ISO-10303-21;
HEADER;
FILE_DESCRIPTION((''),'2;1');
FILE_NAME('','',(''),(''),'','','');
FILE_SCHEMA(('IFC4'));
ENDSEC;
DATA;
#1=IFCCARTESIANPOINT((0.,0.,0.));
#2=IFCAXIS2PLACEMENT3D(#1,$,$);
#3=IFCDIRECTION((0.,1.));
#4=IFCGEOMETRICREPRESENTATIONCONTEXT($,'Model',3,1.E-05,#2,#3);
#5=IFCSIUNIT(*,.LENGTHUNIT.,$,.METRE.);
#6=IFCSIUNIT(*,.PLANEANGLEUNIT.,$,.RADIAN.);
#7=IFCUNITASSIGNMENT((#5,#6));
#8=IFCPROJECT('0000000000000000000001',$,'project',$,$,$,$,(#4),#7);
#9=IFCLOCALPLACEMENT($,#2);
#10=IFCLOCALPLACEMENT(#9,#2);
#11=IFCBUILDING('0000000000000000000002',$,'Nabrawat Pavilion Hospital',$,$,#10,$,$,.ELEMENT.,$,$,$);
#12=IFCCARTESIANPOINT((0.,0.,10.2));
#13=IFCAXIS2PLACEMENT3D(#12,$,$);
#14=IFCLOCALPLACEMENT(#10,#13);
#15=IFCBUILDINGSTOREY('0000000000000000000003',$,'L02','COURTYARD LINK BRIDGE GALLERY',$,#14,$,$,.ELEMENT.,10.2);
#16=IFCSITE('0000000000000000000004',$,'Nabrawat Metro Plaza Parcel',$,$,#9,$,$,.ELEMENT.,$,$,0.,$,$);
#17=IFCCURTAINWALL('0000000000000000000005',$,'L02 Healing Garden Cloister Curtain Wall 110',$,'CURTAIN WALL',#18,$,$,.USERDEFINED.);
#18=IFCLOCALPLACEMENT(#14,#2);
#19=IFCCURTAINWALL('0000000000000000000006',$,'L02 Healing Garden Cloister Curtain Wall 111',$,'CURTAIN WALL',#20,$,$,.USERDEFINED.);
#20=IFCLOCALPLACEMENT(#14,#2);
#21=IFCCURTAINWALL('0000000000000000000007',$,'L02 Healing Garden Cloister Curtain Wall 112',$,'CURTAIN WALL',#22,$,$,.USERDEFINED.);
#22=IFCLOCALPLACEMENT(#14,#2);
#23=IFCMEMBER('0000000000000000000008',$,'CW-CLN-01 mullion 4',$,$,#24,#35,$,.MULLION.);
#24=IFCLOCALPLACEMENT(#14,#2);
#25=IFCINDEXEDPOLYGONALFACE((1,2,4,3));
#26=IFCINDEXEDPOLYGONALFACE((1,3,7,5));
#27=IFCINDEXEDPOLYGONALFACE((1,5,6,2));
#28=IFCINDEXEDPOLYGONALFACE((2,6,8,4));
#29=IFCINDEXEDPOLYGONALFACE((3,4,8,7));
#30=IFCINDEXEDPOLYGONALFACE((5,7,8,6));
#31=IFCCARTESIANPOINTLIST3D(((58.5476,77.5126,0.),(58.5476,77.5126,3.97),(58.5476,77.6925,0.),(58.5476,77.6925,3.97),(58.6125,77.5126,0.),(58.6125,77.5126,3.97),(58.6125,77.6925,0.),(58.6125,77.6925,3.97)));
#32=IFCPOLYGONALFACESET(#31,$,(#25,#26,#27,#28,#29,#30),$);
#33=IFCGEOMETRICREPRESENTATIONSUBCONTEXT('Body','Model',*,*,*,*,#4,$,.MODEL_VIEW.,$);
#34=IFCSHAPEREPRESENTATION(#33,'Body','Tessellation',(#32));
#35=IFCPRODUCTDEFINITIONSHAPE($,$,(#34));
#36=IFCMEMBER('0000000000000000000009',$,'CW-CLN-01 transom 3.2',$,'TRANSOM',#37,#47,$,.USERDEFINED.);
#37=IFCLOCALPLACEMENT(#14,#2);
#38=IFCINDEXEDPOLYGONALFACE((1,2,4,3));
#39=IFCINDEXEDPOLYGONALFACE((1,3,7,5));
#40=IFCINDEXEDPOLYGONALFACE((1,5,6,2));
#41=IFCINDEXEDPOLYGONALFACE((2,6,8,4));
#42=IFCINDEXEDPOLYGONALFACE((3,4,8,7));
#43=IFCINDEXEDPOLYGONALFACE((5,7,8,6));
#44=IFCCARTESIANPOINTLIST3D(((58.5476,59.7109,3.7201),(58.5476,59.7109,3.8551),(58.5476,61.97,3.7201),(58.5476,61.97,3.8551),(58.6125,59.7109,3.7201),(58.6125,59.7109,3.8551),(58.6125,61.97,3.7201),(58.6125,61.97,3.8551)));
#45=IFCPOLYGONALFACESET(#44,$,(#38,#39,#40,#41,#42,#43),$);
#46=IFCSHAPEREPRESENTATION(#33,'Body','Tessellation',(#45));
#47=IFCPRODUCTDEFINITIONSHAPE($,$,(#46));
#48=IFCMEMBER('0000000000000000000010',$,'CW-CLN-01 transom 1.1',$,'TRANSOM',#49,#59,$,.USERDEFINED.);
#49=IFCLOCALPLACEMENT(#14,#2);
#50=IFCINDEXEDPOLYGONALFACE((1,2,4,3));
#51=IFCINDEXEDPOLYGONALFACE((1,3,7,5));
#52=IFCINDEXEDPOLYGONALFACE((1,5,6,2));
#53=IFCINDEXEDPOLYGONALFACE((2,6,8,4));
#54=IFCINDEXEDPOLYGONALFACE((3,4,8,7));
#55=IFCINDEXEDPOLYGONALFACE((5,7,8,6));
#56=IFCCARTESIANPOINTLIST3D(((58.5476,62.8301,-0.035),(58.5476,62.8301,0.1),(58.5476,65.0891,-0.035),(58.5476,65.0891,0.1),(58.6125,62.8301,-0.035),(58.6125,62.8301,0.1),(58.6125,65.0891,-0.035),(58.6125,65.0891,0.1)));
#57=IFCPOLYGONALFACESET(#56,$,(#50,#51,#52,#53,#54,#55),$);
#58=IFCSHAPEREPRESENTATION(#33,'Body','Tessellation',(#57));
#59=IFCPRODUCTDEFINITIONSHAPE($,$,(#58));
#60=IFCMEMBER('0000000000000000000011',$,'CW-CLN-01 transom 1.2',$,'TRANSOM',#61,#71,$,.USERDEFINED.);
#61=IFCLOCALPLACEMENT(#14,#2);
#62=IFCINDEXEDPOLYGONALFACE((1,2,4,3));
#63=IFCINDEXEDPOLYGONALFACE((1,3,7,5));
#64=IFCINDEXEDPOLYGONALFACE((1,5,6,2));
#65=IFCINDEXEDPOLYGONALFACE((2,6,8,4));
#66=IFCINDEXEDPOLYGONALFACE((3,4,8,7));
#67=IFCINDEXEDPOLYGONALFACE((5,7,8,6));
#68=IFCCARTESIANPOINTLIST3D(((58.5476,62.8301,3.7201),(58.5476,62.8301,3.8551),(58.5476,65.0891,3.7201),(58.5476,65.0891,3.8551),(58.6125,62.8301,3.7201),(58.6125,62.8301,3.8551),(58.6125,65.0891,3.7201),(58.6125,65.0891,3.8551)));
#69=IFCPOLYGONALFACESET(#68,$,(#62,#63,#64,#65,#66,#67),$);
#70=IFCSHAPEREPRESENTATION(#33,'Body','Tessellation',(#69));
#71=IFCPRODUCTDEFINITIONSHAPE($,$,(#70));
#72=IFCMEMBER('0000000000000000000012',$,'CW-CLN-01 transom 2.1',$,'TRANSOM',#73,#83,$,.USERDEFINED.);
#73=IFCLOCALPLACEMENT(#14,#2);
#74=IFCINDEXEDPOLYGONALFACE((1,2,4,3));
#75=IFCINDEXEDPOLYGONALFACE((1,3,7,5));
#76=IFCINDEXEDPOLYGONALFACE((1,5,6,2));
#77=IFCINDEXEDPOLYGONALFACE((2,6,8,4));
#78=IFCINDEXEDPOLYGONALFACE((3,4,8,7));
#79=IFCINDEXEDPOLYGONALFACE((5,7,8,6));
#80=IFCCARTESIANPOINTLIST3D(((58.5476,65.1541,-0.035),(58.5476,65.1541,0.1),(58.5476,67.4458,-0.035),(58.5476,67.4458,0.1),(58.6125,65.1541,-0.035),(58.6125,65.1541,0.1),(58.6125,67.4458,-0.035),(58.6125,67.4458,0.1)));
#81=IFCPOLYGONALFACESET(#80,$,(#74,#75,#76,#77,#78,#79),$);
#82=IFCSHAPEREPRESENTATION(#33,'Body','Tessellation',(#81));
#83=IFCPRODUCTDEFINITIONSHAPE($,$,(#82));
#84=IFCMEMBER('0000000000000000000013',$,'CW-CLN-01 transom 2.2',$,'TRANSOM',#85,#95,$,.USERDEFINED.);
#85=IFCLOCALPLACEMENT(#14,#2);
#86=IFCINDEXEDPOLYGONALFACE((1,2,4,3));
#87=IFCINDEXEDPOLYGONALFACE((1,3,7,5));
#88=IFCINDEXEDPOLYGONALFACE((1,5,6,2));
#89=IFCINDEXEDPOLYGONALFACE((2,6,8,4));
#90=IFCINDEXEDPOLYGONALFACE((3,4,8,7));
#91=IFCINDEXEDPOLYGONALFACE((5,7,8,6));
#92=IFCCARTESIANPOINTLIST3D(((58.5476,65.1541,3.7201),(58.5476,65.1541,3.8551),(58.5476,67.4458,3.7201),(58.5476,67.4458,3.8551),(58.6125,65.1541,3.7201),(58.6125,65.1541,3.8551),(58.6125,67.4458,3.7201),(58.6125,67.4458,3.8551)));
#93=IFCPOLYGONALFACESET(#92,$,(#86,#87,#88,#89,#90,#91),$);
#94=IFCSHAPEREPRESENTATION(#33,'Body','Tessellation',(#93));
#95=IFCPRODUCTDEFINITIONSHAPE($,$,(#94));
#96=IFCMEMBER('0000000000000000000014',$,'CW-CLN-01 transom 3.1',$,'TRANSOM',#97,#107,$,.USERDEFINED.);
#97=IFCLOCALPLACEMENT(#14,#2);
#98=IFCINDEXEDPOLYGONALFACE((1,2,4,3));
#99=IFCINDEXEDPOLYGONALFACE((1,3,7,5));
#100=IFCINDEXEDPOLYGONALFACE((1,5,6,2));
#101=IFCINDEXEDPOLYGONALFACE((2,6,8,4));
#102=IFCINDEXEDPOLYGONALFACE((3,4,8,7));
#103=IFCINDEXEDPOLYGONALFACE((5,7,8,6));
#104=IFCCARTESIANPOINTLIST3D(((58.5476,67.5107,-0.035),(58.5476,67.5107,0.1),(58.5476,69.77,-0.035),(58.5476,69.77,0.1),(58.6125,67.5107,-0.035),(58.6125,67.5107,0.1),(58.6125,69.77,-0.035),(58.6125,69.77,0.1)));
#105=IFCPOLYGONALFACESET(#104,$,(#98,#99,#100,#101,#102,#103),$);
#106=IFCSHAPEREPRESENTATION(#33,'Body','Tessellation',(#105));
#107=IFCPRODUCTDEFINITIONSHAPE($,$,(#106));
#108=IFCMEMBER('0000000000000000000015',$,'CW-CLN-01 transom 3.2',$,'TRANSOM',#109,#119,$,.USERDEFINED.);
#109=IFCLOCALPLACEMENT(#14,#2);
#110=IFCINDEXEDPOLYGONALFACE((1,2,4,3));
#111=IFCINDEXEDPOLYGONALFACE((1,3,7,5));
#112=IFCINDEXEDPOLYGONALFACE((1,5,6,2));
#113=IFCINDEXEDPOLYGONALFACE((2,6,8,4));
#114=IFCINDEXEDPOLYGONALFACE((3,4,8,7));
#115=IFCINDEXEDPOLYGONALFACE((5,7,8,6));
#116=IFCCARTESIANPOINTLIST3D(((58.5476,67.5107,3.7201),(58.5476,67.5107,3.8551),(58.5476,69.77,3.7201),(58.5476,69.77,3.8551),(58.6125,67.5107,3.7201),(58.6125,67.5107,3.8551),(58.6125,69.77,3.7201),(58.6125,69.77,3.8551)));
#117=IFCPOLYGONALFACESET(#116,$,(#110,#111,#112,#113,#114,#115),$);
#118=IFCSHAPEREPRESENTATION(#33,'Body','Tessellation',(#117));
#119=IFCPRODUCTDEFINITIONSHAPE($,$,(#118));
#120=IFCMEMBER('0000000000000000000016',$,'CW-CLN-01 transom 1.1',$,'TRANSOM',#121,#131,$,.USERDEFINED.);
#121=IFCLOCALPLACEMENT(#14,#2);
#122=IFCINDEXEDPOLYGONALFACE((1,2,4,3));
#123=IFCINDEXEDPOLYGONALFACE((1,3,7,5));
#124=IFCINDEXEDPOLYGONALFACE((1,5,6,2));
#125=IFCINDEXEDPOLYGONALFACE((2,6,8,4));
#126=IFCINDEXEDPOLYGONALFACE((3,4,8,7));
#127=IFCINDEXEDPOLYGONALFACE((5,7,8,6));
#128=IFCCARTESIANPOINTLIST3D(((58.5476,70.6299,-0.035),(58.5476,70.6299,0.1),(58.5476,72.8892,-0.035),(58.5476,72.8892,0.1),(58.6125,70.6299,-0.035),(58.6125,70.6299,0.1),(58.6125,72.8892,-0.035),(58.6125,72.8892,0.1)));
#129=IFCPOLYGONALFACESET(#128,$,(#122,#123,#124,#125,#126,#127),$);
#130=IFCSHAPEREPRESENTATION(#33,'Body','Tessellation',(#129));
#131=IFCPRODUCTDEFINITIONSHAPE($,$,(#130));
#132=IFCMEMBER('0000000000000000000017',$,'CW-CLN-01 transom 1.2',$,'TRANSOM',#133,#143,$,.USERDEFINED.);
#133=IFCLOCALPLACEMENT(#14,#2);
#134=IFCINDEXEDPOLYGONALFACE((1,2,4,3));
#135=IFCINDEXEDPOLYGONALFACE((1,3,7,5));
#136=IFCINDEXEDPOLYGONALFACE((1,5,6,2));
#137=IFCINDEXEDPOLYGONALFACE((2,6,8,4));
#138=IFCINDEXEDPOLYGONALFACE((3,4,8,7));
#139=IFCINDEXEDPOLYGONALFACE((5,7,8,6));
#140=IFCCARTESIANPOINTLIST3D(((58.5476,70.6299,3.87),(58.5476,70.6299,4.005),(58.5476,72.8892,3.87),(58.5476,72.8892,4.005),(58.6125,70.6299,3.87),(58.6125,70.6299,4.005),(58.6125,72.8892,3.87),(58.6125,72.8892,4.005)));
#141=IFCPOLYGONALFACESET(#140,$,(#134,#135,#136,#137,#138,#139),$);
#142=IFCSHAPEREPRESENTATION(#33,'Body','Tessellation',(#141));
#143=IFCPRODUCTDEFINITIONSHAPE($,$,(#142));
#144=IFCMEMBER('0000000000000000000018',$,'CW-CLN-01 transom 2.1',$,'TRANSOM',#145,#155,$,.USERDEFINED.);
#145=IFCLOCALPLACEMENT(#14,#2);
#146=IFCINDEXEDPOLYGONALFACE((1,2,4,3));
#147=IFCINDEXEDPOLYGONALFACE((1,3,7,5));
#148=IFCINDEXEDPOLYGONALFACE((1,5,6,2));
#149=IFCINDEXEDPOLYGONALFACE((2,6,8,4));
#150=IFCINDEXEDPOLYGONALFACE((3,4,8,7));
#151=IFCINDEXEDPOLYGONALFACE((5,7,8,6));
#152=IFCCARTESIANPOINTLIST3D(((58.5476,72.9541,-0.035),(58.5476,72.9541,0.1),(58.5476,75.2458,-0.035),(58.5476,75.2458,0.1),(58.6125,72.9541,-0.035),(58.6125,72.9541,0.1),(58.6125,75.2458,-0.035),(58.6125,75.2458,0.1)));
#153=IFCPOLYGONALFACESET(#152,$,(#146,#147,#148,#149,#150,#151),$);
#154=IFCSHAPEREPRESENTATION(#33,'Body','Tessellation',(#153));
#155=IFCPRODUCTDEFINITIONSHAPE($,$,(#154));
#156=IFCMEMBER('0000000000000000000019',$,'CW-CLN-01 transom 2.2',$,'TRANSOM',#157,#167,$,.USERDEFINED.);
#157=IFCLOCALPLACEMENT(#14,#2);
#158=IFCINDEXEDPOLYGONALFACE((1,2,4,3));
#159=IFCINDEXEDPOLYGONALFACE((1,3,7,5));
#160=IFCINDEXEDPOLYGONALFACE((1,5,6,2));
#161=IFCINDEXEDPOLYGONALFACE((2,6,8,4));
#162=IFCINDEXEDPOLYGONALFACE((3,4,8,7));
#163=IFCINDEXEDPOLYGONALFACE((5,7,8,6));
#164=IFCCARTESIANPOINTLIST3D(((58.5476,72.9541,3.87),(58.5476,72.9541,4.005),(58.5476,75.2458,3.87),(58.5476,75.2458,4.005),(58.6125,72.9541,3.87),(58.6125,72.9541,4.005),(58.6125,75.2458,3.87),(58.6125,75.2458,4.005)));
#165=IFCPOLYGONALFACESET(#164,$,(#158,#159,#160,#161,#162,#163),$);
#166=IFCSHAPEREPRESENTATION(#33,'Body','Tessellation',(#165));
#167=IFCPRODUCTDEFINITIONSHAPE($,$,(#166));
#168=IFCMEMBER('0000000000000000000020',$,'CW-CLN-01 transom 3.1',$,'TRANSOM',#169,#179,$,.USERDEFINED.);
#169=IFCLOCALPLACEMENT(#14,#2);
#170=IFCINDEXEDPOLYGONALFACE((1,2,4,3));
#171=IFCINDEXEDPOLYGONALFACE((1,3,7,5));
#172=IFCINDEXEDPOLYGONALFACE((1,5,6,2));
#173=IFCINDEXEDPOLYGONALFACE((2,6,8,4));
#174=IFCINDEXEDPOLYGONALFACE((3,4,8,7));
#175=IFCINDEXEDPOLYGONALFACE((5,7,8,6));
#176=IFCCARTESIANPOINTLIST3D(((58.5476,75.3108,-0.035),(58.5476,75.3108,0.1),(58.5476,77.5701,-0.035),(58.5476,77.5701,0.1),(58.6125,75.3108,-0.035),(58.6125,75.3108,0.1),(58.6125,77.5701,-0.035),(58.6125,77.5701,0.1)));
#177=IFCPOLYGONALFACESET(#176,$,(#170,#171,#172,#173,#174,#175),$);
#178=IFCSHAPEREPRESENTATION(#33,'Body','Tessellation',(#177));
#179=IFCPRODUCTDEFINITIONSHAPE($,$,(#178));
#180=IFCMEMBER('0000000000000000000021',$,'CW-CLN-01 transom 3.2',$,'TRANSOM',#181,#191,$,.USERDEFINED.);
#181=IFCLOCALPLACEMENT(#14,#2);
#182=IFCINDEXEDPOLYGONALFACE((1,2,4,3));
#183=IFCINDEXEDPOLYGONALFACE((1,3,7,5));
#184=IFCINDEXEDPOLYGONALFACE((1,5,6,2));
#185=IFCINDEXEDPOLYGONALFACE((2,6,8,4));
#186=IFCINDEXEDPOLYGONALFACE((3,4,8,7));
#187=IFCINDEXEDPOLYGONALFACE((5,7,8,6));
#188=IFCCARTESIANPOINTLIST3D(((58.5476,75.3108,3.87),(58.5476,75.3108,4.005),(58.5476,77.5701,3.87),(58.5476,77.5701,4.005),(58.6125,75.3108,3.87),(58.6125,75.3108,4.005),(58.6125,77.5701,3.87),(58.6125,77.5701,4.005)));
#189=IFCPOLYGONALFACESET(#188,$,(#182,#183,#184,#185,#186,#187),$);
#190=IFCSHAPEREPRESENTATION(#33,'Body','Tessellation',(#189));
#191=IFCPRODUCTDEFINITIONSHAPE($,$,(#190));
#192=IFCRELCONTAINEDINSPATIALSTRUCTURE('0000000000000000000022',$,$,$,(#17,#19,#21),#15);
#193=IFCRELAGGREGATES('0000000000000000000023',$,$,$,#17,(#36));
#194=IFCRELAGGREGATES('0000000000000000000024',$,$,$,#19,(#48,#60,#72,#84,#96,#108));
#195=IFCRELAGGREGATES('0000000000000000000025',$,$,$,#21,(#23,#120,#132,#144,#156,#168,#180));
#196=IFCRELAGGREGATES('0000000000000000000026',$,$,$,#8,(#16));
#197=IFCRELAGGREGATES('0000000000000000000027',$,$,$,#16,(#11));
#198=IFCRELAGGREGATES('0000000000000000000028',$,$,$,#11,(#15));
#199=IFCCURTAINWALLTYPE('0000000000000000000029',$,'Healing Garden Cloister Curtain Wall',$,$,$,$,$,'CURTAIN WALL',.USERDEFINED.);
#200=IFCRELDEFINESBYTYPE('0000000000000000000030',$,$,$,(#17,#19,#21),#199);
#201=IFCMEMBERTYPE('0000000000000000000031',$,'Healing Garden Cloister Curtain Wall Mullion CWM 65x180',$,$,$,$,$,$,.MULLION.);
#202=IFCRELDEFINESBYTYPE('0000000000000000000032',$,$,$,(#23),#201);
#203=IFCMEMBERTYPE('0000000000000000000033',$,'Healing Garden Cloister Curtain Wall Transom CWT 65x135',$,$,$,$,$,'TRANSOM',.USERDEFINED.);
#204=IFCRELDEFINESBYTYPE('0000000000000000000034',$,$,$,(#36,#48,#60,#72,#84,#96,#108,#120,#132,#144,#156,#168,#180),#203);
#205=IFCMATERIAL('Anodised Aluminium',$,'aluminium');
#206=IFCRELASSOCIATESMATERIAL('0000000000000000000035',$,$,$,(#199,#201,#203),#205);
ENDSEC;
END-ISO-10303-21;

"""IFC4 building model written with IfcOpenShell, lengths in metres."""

from ifc_helpers import new_model, si_unit, direction, frame, origin, origin_2d, place, context, subcontext, project, spatial, rectangle, extrude, material, material_profile, profile_set, type_object, element, aggregate, save


model = new_model("IFC4")

# Units and contexts
model_context = context("Model", 3, precision=1e-05, world=origin(), true_north=direction((0.0, 1.0)))
body_context = subcontext(model_context, "Body", "Model", "MODEL_VIEW")
ifc_project = project(units=[si_unit("LENGTHUNIT", "METRE"), si_unit("PLANEANGLEUNIT", "RADIAN")], contexts=[model_context])

# Site, building, storey
site_placement = place(None, origin())
site = spatial("IfcSite", under=ifc_project, at=site_placement, Name="Nabrawat Metro Plaza Parcel", CompositionType="ELEMENT", RefElevation=0.0)
building_placement = place(site_placement, origin())
building = spatial("IfcBuilding", under=site, at=building_placement, Name="Nabrawat Pavilion Hospital", CompositionType="ELEMENT")
storey_placement = place(building_placement, frame((0.0, 0.0, 10.2)))
storey = spatial("IfcBuildingStorey", under=building, at=storey_placement, Name="L02", Description="COURTYARD LINK BRIDGE GALLERY", CompositionType="ELEMENT", Elevation=10.2)

# Curtain wall
ifc_material_1 = material(Name="Anodised Aluminium", Category="aluminium")
curtain_wall_type = type_object("IfcCurtainWallType", Name="Healing Garden Cloister Curtain Wall", ElementType="CURTAIN WALL", PredefinedType="USERDEFINED", material=ifc_material_1)
curtain_wall_1_placement = place(storey_placement, origin())
curtain_wall_1 = element("IfcCurtainWall", 1, at=curtain_wall_1_placement, inside=storey, type_object=curtain_wall_type, Name="L02 Healing Garden Cloister Curtain Wall 110", ObjectType="CURTAIN WALL", PredefinedType="USERDEFINED")
ifc_material_profile_1 = material_profile(ifc_material_1, rectangle(XDim=0.0649, YDim=0.1799, at=origin_2d()), Name="CWM 65x180")
ifc_profile_set_1 = profile_set([ifc_material_profile_1], Name="Anodised Aluminium")
member_type_1 = type_object("IfcMemberType", Name="Healing Garden Cloister Curtain Wall Mullion CWM 65x180", PredefinedType="MULLION", material=ifc_profile_set_1)

# Curtain walls, member
curtain_wall_2_placement = place(storey_placement, origin())
curtain_wall_2 = element("IfcCurtainWall", 2, at=curtain_wall_2_placement, inside=storey, type_object=curtain_wall_type, Name="L02 Healing Garden Cloister Curtain Wall 111", ObjectType="CURTAIN WALL", PredefinedType="USERDEFINED")
curtain_wall_3_placement = place(storey_placement, origin())
curtain_wall_3 = element("IfcCurtainWall", 3, at=curtain_wall_3_placement, inside=storey, type_object=curtain_wall_type, Name="L02 Healing Garden Cloister Curtain Wall 112", ObjectType="CURTAIN WALL", PredefinedType="USERDEFINED")
member_1_placement = place(storey_placement, frame((58.5801, 77.6025, 0.0), z_axis=(0.0, 0.0, 1.0), x_axis=(-1.0, 0.0, 0.0)))
member_1 = element("IfcMember", 4, at=member_1_placement, type_object=member_type_1, Name="CW-CLN-01 mullion 4", PredefinedType="MULLION", context=body_context, shape_type="SweptSolid", body=[
    extrude(rectangle(XDim=0.0649, YDim=0.1799, at=origin_2d()), origin(), (0.0, 0.0, 1.0), 3.97),
])

# Members
ifc_material_profile_2 = material_profile(ifc_material_1, rectangle(XDim=0.0649, YDim=0.135, at=origin_2d()), Name="CWT 65x135")
ifc_profile_set_2 = profile_set([ifc_material_profile_2], Name="Anodised Aluminium")
member_type_2 = type_object("IfcMemberType", Name="Healing Garden Cloister Curtain Wall Transom CWT 65x135", ElementType="TRANSOM", PredefinedType="USERDEFINED", material=ifc_profile_set_2)
member_2_placement = place(storey_placement, frame((58.5801, 59.7109, 3.7876), z_axis=(0.0, 1.0, 0.0), x_axis=(-1.0, 0.0, 0.0)))
member_2 = element("IfcMember", 5, at=member_2_placement, type_object=member_type_2, Name="CW-CLN-01 transom 3.2", ObjectType="TRANSOM", PredefinedType="USERDEFINED", context=body_context, shape_type="SweptSolid", body=[
    extrude(rectangle(XDim=0.0649, YDim=0.135, at=origin_2d()), origin(), (0.0, 0.0, 1.0), 2.259),
])
member_3_placement = place(storey_placement, frame((58.5801, 62.8301, 0.0325), z_axis=(0.0, 1.0, 0.0), x_axis=(-1.0, 0.0, 0.0)))
member_3 = element("IfcMember", 6, at=member_3_placement, type_object=member_type_2, Name="CW-CLN-01 transom 1.1", ObjectType="TRANSOM", PredefinedType="USERDEFINED", context=body_context, shape_type="SweptSolid", body=[
    extrude(rectangle(XDim=0.0649, YDim=0.135, at=origin_2d()), origin(), (0.0, 0.0, 1.0), 2.259),
])
member_4_placement = place(storey_placement, frame((58.5801, 62.8301, 3.7876), z_axis=(0.0, 1.0, 0.0), x_axis=(-1.0, 0.0, 0.0)))
member_4 = element("IfcMember", 7, at=member_4_placement, type_object=member_type_2, Name="CW-CLN-01 transom 1.2", ObjectType="TRANSOM", PredefinedType="USERDEFINED", context=body_context, shape_type="SweptSolid", body=[
    extrude(rectangle(XDim=0.0649, YDim=0.135, at=origin_2d()), origin(), (0.0, 0.0, 1.0), 2.259),
])
member_5_placement = place(storey_placement, frame((58.5801, 65.1541, 0.0325), z_axis=(0.0, 1.0, 0.0), x_axis=(-1.0, 0.0, 0.0)))
member_5 = element("IfcMember", 8, at=member_5_placement, type_object=member_type_2, Name="CW-CLN-01 transom 2.1", ObjectType="TRANSOM", PredefinedType="USERDEFINED", context=body_context, shape_type="SweptSolid", body=[
    extrude(rectangle(XDim=0.0649, YDim=0.135, at=origin_2d()), origin(), (0.0, 0.0, 1.0), 2.2917),
])
member_6_placement = place(storey_placement, frame((58.5801, 65.1541, 3.7876), z_axis=(0.0, 1.0, 0.0), x_axis=(-1.0, 0.0, 0.0)))
member_6 = element("IfcMember", 9, at=member_6_placement, type_object=member_type_2, Name="CW-CLN-01 transom 2.2", ObjectType="TRANSOM", PredefinedType="USERDEFINED", context=body_context, shape_type="SweptSolid", body=[
    extrude(rectangle(XDim=0.0649, YDim=0.135, at=origin_2d()), origin(), (0.0, 0.0, 1.0), 2.2917),
])
member_7_placement = place(storey_placement, frame((58.5801, 67.5107, 0.0325), z_axis=(0.0, 1.0, 0.0), x_axis=(-1.0, 0.0, 0.0)))
member_7 = element("IfcMember", 10, at=member_7_placement, type_object=member_type_2, Name="CW-CLN-01 transom 3.1", ObjectType="TRANSOM", PredefinedType="USERDEFINED", context=body_context, shape_type="SweptSolid", body=[
    extrude(rectangle(XDim=0.0649, YDim=0.135, at=origin_2d()), origin(), (0.0, 0.0, 1.0), 2.2593),
])
member_8_placement = place(storey_placement, frame((58.5801, 67.5107, 3.7876), z_axis=(0.0, 1.0, 0.0), x_axis=(-1.0, 0.0, 0.0)))
member_8 = element("IfcMember", 11, at=member_8_placement, type_object=member_type_2, Name="CW-CLN-01 transom 3.2", ObjectType="TRANSOM", PredefinedType="USERDEFINED", context=body_context, shape_type="SweptSolid", body=[
    extrude(rectangle(XDim=0.0649, YDim=0.135, at=origin_2d()), origin(), (0.0, 0.0, 1.0), 2.2593),
])
member_9_placement = place(storey_placement, frame((58.5801, 70.6299, 0.0325), z_axis=(0.0, 1.0, 0.0), x_axis=(-1.0, 0.0, 0.0)))
member_9 = element("IfcMember", 12, at=member_9_placement, type_object=member_type_2, Name="CW-CLN-01 transom 1.1", ObjectType="TRANSOM", PredefinedType="USERDEFINED", context=body_context, shape_type="SweptSolid", body=[
    extrude(rectangle(XDim=0.0649, YDim=0.135, at=origin_2d()), origin(), (0.0, 0.0, 1.0), 2.2593),
])
member_10_placement = place(storey_placement, frame((58.5801, 70.6299, 3.9375), z_axis=(0.0, 1.0, 0.0), x_axis=(-1.0, 0.0, 0.0)))
member_10 = element("IfcMember", 13, at=member_10_placement, type_object=member_type_2, Name="CW-CLN-01 transom 1.2", ObjectType="TRANSOM", PredefinedType="USERDEFINED", context=body_context, shape_type="SweptSolid", body=[
    extrude(rectangle(XDim=0.0649, YDim=0.135, at=origin_2d()), origin(), (0.0, 0.0, 1.0), 2.2593),
])
member_11_placement = place(storey_placement, frame((58.5801, 72.9541, 0.0325), z_axis=(0.0, 1.0, 0.0), x_axis=(-1.0, 0.0, 0.0)))
member_11 = element("IfcMember", 14, at=member_11_placement, type_object=member_type_2, Name="CW-CLN-01 transom 2.1", ObjectType="TRANSOM", PredefinedType="USERDEFINED", context=body_context, shape_type="SweptSolid", body=[
    extrude(rectangle(XDim=0.0649, YDim=0.135, at=origin_2d()), origin(), (0.0, 0.0, 1.0), 2.2917),
])
member_12_placement = place(storey_placement, frame((58.5801, 72.9541, 3.9375), z_axis=(0.0, 1.0, 0.0), x_axis=(-1.0, 0.0, 0.0)))
member_12 = element("IfcMember", 15, at=member_12_placement, type_object=member_type_2, Name="CW-CLN-01 transom 2.2", ObjectType="TRANSOM", PredefinedType="USERDEFINED", context=body_context, shape_type="SweptSolid", body=[
    extrude(rectangle(XDim=0.0649, YDim=0.135, at=origin_2d()), origin(), (0.0, 0.0, 1.0), 2.2917),
])
member_13_placement = place(storey_placement, frame((58.5801, 75.3108, 0.0325), z_axis=(0.0, 1.0, 0.0), x_axis=(-1.0, 0.0, 0.0)))
member_13 = element("IfcMember", 16, at=member_13_placement, type_object=member_type_2, Name="CW-CLN-01 transom 3.1", ObjectType="TRANSOM", PredefinedType="USERDEFINED", context=body_context, shape_type="SweptSolid", body=[
    extrude(rectangle(XDim=0.0649, YDim=0.135, at=origin_2d()), origin(), (0.0, 0.0, 1.0), 2.2593),
])
member_14_placement = place(storey_placement, frame((58.5801, 75.3108, 3.9375), z_axis=(0.0, 1.0, 0.0), x_axis=(-1.0, 0.0, 0.0)))
member_14 = element("IfcMember", 17, at=member_14_placement, type_object=member_type_2, Name="CW-CLN-01 transom 3.2", ObjectType="TRANSOM", PredefinedType="USERDEFINED", context=body_context, shape_type="SweptSolid", body=[
    extrude(rectangle(XDim=0.0649, YDim=0.135, at=origin_2d()), origin(), (0.0, 0.0, 1.0), 2.2593),
])

aggregate(curtain_wall_1, [member_2])
aggregate(curtain_wall_2, [member_3, member_4, member_5, member_6, member_7, member_8])
aggregate(curtain_wall_3, [member_1, member_9, member_10, member_11, member_12, member_13, member_14])

save(model, "model.ifc")
